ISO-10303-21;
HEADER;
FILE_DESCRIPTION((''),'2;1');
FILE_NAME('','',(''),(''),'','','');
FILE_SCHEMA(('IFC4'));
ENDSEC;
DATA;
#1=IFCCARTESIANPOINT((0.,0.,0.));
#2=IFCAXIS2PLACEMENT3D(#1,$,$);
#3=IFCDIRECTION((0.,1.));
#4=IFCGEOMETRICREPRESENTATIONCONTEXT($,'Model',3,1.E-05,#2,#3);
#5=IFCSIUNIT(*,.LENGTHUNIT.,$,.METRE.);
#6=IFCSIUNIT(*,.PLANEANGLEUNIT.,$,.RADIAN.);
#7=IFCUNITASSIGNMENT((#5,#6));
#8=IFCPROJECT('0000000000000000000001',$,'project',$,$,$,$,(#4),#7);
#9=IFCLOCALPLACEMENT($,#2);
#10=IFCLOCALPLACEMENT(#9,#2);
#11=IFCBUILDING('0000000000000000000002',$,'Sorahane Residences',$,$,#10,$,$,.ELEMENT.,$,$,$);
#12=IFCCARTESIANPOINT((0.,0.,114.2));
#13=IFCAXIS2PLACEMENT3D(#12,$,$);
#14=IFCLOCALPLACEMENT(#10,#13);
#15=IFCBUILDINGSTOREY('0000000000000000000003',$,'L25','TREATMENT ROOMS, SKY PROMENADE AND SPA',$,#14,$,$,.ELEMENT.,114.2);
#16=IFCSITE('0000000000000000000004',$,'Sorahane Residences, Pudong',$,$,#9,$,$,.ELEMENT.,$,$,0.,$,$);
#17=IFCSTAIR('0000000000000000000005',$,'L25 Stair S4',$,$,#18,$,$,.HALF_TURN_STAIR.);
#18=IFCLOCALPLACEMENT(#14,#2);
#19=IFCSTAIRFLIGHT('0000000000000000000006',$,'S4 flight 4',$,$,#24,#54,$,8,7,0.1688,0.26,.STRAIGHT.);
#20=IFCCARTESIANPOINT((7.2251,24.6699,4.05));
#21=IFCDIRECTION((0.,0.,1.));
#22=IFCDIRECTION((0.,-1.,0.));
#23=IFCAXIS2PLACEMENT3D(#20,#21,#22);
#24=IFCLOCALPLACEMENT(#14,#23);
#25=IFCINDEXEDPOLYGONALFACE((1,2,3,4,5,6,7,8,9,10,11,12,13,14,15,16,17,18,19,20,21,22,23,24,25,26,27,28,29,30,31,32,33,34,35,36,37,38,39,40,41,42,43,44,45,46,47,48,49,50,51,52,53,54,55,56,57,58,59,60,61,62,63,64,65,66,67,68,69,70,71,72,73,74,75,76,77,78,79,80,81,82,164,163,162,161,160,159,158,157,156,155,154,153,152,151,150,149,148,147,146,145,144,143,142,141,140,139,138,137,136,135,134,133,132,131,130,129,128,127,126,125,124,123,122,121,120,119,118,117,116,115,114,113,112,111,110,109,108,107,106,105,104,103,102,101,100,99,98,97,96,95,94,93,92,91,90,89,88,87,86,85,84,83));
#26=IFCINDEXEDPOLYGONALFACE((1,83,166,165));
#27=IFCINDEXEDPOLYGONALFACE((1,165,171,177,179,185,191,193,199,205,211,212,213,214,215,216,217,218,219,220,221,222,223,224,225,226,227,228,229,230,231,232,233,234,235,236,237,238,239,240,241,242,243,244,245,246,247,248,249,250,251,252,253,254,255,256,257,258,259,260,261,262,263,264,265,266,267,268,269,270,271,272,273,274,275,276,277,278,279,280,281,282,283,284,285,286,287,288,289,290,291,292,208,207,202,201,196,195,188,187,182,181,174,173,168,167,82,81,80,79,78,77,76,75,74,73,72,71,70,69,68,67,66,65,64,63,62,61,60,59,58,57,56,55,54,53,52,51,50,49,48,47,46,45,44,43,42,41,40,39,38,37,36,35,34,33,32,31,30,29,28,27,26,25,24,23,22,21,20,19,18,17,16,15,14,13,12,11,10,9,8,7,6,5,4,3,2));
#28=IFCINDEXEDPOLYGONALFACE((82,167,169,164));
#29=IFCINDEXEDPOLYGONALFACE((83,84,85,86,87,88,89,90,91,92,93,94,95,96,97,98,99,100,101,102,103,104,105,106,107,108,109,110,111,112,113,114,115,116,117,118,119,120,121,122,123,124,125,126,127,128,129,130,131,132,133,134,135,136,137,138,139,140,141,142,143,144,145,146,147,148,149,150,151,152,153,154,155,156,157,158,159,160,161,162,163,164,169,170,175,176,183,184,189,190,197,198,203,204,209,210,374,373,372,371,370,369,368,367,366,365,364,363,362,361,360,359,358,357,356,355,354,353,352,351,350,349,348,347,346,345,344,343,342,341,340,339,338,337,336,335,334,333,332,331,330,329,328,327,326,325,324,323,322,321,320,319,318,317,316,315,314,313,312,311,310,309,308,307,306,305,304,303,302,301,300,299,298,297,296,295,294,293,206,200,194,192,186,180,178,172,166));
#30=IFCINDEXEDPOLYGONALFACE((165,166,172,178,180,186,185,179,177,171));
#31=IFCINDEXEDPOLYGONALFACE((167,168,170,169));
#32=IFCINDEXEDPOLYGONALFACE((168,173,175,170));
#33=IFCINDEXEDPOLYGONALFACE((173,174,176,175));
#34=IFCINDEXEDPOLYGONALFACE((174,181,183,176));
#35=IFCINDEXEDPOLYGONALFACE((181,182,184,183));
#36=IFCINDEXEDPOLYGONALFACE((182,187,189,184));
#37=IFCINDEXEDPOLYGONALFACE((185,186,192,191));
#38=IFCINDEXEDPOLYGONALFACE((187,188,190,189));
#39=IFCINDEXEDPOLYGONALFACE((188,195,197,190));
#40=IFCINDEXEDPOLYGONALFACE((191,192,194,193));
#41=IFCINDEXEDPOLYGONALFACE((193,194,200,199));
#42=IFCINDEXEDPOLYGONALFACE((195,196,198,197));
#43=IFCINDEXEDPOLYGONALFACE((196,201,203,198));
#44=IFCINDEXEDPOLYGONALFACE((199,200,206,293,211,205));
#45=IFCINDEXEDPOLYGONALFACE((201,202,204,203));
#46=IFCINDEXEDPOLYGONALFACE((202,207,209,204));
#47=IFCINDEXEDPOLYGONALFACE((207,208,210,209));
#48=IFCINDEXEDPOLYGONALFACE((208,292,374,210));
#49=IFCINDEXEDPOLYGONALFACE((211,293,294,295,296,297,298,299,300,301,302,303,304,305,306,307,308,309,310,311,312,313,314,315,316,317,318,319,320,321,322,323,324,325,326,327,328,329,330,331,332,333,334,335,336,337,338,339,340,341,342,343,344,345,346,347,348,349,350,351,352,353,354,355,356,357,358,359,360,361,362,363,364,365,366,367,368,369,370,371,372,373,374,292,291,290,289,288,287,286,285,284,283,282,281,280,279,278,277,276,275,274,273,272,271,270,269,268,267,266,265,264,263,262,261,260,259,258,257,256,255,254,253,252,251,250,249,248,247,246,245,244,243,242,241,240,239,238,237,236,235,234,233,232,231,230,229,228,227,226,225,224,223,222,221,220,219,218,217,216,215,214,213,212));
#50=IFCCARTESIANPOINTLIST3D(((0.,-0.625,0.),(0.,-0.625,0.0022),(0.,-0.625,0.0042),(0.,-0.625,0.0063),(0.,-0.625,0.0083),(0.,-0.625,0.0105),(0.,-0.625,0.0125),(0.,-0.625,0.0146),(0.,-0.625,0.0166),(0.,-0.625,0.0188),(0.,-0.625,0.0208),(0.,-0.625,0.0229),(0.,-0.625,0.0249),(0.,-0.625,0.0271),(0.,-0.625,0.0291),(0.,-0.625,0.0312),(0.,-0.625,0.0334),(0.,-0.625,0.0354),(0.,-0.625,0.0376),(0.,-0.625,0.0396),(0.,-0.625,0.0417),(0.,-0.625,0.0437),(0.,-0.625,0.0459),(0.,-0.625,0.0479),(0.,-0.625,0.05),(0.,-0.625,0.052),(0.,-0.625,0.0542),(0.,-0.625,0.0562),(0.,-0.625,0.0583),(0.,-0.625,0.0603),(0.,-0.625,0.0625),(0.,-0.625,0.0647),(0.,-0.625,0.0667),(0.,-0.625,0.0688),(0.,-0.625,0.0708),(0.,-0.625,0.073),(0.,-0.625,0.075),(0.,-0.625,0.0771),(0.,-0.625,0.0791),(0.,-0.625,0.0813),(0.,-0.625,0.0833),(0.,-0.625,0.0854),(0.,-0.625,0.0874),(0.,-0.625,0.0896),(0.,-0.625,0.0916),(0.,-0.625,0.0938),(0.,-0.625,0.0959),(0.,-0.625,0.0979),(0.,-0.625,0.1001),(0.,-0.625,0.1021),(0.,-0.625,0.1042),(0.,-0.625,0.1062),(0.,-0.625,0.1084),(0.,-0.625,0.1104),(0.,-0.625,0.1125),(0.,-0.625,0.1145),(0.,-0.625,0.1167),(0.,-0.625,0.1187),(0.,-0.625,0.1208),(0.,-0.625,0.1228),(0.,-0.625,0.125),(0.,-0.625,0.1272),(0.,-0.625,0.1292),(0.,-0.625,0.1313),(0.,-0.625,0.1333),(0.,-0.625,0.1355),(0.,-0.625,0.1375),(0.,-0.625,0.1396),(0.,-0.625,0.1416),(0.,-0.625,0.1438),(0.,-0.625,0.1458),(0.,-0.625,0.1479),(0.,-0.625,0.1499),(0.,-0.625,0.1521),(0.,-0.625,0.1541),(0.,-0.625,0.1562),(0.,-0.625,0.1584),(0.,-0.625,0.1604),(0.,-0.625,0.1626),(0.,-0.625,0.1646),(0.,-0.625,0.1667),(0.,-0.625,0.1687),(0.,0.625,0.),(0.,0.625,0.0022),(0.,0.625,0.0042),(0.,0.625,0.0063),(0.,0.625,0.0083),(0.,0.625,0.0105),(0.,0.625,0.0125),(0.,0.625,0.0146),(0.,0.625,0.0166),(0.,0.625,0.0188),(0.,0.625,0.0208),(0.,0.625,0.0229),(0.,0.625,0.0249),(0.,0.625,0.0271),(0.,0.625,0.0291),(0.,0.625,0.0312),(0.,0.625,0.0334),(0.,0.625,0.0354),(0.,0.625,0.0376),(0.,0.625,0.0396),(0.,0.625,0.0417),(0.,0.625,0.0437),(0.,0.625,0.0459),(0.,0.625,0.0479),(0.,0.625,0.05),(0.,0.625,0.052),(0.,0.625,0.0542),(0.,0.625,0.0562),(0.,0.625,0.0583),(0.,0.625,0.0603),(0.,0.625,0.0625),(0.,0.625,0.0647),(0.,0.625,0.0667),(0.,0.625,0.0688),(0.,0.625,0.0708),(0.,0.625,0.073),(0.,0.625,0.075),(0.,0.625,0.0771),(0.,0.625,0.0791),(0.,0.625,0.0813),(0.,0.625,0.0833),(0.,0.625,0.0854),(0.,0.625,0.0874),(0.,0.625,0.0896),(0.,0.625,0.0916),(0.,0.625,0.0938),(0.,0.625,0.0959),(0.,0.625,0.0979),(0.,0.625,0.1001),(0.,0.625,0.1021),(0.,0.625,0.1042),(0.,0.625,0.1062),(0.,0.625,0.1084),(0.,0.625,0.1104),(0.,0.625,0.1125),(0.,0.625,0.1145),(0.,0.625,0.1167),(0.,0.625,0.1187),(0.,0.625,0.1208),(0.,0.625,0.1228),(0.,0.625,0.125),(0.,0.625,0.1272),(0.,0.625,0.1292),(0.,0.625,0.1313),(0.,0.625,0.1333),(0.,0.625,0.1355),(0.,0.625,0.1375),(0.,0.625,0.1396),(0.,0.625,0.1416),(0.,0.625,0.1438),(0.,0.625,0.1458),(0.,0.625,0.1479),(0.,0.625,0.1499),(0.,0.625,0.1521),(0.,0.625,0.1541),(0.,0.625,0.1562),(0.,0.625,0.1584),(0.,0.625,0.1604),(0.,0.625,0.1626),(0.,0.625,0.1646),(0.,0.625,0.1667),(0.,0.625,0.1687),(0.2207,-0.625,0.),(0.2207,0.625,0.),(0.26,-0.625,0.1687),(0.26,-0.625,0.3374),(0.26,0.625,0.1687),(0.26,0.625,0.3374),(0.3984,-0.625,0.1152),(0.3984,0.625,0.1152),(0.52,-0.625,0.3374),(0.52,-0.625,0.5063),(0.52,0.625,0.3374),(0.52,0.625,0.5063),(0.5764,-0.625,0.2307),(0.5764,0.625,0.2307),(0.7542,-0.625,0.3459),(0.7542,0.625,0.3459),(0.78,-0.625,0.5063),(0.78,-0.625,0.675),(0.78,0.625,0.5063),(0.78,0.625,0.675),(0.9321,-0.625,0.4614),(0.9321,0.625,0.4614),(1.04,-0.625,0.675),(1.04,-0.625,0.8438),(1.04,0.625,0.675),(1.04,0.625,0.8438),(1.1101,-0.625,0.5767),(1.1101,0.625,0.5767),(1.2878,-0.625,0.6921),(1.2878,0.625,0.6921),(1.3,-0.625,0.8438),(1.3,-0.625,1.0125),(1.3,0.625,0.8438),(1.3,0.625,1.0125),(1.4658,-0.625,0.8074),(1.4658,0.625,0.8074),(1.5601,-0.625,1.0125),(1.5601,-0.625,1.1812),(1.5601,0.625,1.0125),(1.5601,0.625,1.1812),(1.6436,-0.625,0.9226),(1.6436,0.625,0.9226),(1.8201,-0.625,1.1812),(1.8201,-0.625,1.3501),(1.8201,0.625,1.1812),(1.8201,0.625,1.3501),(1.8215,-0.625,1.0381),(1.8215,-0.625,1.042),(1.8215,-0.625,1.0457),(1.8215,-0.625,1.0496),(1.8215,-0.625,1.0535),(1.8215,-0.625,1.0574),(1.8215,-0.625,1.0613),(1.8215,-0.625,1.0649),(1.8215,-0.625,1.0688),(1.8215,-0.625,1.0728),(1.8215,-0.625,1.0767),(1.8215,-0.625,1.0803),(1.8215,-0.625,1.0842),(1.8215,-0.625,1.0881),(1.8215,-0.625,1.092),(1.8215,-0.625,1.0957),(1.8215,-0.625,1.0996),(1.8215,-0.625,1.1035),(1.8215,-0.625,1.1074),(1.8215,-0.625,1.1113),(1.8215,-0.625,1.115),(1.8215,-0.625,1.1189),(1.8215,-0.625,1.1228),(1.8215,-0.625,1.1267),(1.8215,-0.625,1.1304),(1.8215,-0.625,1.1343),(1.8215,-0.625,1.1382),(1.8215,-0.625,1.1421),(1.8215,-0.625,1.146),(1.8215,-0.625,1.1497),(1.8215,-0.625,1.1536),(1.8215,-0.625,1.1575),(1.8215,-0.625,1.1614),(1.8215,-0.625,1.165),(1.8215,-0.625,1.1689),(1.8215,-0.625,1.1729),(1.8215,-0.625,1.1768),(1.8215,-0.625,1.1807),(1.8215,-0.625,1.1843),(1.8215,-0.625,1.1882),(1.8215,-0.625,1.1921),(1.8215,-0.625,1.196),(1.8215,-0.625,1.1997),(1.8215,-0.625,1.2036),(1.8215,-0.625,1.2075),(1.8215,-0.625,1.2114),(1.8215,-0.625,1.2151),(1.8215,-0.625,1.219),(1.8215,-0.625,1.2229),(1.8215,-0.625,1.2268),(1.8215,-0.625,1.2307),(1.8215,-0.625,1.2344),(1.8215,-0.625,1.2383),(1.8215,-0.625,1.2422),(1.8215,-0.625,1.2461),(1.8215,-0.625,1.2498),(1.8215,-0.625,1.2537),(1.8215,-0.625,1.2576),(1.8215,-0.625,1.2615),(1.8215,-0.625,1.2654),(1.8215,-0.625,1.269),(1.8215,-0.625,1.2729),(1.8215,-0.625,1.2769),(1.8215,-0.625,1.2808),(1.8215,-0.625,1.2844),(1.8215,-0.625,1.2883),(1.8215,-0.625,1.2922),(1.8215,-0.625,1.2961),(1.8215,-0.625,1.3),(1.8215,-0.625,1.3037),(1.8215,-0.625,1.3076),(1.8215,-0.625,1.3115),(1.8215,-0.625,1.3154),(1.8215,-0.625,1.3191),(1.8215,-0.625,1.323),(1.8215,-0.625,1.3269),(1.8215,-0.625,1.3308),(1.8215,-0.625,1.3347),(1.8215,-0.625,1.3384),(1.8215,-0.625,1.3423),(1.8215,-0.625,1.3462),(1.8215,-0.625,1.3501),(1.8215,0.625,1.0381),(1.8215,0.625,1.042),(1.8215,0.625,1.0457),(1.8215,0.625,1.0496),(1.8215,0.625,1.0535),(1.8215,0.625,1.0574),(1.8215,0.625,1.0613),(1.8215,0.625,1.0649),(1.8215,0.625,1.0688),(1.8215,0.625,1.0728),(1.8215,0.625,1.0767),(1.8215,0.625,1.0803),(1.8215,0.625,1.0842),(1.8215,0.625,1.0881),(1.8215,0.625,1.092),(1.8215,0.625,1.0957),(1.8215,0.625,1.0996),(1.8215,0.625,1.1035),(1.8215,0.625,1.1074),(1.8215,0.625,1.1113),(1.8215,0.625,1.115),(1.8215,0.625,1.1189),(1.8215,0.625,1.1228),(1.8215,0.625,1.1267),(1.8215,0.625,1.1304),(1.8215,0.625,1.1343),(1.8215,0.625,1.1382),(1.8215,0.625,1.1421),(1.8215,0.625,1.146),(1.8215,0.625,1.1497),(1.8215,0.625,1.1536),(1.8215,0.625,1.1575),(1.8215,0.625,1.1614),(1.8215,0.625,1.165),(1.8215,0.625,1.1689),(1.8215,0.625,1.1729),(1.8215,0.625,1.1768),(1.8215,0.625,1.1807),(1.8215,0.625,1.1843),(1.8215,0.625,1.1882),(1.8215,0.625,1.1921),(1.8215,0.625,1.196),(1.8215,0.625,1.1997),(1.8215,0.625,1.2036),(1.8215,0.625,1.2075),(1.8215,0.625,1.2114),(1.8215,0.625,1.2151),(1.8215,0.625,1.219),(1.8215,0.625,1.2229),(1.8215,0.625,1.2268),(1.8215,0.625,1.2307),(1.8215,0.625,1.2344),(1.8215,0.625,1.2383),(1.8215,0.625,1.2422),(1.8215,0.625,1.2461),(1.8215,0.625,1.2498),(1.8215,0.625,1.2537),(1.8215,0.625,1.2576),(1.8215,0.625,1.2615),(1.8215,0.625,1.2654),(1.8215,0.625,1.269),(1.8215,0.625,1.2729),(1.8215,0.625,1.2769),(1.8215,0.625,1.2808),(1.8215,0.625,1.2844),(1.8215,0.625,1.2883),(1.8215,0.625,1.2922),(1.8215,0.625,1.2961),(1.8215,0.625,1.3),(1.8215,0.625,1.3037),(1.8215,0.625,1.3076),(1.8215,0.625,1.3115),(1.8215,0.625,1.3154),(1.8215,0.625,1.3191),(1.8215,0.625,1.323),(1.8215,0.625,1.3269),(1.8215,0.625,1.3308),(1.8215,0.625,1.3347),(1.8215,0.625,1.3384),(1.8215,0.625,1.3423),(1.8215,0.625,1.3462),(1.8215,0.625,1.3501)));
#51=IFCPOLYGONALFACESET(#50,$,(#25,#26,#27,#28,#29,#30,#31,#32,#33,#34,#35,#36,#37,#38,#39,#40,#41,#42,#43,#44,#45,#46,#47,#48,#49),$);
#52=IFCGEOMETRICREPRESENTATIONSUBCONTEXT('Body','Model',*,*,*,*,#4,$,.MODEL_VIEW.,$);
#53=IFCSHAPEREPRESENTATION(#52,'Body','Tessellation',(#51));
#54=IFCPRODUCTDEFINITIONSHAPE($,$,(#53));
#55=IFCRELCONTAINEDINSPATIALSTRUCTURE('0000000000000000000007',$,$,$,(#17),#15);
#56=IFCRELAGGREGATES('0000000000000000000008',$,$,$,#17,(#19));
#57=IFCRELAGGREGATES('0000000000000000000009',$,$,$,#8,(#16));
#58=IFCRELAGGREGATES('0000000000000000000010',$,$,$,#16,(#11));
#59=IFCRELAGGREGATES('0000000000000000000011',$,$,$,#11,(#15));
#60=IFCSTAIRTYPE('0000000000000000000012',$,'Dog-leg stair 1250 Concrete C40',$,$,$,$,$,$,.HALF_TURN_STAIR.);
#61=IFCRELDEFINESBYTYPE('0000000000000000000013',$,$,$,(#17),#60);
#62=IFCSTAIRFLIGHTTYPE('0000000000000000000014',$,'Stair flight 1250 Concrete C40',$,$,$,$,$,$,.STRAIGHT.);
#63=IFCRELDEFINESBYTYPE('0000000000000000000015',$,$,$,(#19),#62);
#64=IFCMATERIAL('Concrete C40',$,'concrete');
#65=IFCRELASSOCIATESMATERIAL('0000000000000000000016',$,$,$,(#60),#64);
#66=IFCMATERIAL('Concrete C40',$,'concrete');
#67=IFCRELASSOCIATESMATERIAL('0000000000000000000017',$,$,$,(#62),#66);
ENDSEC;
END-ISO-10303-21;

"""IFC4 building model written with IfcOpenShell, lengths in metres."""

from ifc_helpers import new_model, si_unit, direction, frame, origin, place, context, subcontext, project, spatial, polyline, outline, extrude, material, type_object, element, aggregate, save


model = new_model("IFC4")

# Units and contexts
model_context = context("Model", 3, precision=1e-05, world=origin(), true_north=direction((0.0, 1.0)))
body_context = subcontext(model_context, "Body", "Model", "MODEL_VIEW")
ifc_project = project(units=[si_unit("LENGTHUNIT", "METRE"), si_unit("PLANEANGLEUNIT", "RADIAN")], contexts=[model_context])

# Site, building, storey
site_placement = place(None, origin())
site = spatial("IfcSite", under=ifc_project, at=site_placement, Name="Sorahane Residences, Pudong", CompositionType="ELEMENT", RefElevation=0.0)
building_placement = place(site_placement, origin())
building = spatial("IfcBuilding", under=site, at=building_placement, Name="Sorahane Residences", CompositionType="ELEMENT")
storey_placement = place(building_placement, frame((0.0, 0.0, 114.2)))
storey = spatial("IfcBuildingStorey", under=building, at=storey_placement, Name="L25", Description="TREATMENT ROOMS, SKY PROMENADE AND SPA", CompositionType="ELEMENT", Elevation=114.2)

# Stair, stair flight
ifc_material_1 = material(Name="Concrete C40", Category="concrete")
stair_type = type_object("IfcStairType", Name="Dog-leg stair 1250 Concrete C40", PredefinedType="HALF_TURN_STAIR", material=ifc_material_1)
stair_placement = place(storey_placement, origin())
stair = element("IfcStair", 1, at=stair_placement, inside=storey, type_object=stair_type, Name="L25 Stair S4", PredefinedType="HALF_TURN_STAIR")
ifc_material_2 = material(Name="Concrete C40", Category="concrete")
stair_flight_type = type_object("IfcStairFlightType", Name="Stair flight 1250 Concrete C40", PredefinedType="STRAIGHT", material=ifc_material_2)
stair_flight_1_placement = place(storey_placement, frame((7.2251, 24.6699, 4.05), z_axis=(0.0, 0.0, 1.0), x_axis=(0.0, -1.0, 0.0)))
stair_flight_1 = element("IfcStairFlight", 2, at=stair_flight_1_placement, type_object=stair_flight_type, Name="S4 flight 4", NumberOfRisers=8, NumberOfTreads=7, PredefinedType="STRAIGHT", RiserHeight=0.1688, TreadLength=0.26, context=body_context, shape_type="SweptSolid", body=[
    extrude(outline(polyline([(0.0, 0.0), (0.0, 0.0022), (0.0, 0.0042), (0.0, 0.0063), (0.0, 0.0083), (0.0, 0.0105), (0.0, 0.0125), (0.0, 0.0146), (0.0, 0.0166), (0.0, 0.0188), (0.0, 0.0208), (0.0, 0.0229), (0.0, 0.0249), (0.0, 0.0271), (0.0, 0.0291), (0.0, 0.0312), (0.0, 0.0334), (0.0, 0.0354), (0.0, 0.0376), (0.0, 0.0396), (0.0, 0.0417), (0.0, 0.0437), (0.0, 0.0459), (0.0, 0.0479), (0.0, 0.05), (0.0, 0.052), (0.0, 0.0542), (0.0, 0.0562), (0.0, 0.0583), (0.0, 0.0603), (0.0, 0.0625), (0.0, 0.0647), (0.0, 0.0667), (0.0, 0.0688), (0.0, 0.0708), (0.0, 0.073), (0.0, 0.075), (0.0, 0.0771), (0.0, 0.0791), (0.0, 0.0813), (0.0, 0.0833), (0.0, 0.0854), (0.0, 0.0874), (0.0, 0.0896), (0.0, 0.0916), (0.0, 0.0938), (0.0, 0.0959), (0.0, 0.0979), (0.0, 0.1001), (0.0, 0.1021), (0.0, 0.1042), (0.0, 0.1062), (0.0, 0.1084), (0.0, 0.1104), (0.0, 0.1125), (0.0, 0.1145), (0.0, 0.1167), (0.0, 0.1187), (0.0, 0.1208), (0.0, 0.1228), (0.0, 0.125), (0.0, 0.1272), (0.0, 0.1292), (0.0, 0.1313), (0.0, 0.1333), (0.0, 0.1355), (0.0, 0.1375), (0.0, 0.1396), (0.0, 0.1416), (0.0, 0.1438), (0.0, 0.1458), (0.0, 0.1479), (0.0, 0.1499), (0.0, 0.1521), (0.0, 0.1541), (0.0, 0.1562), (0.0, 0.1584), (0.0, 0.1604), (0.0, 0.1626), (0.0, 0.1646), (0.0, 0.1667), (0.0, 0.1687), (0.26, 0.1687), (0.26, 0.3374), (0.52, 0.3374), (0.52, 0.5063), (0.78, 0.5063), (0.78, 0.675), (1.04, 0.675), (1.04, 0.8438), (1.3, 0.8438), (1.3, 1.0125), (1.5601, 1.0125), (1.5601, 1.1812), (1.8201, 1.1812), (1.8201, 1.3501), (1.8215, 1.3501), (1.8215, 1.3462), (1.8215, 1.3423), (1.8215, 1.3384), (1.8215, 1.3347), (1.8215, 1.3308), (1.8215, 1.3269), (1.8215, 1.323), (1.8215, 1.3191), (1.8215, 1.3154), (1.8215, 1.3115), (1.8215, 1.3076), (1.8215, 1.3037), (1.8215, 1.3), (1.8215, 1.2961), (1.8215, 1.2922), (1.8215, 1.2883), (1.8215, 1.2844), (1.8215, 1.2808), (1.8215, 1.2769), (1.8215, 1.2729), (1.8215, 1.269), (1.8215, 1.2654), (1.8215, 1.2615), (1.8215, 1.2576), (1.8215, 1.2537), (1.8215, 1.2498), (1.8215, 1.2461), (1.8215, 1.2422), (1.8215, 1.2383), (1.8215, 1.2344), (1.8215, 1.2307), (1.8215, 1.2268), (1.8215, 1.2229), (1.8215, 1.219), (1.8215, 1.2151), (1.8215, 1.2114), (1.8215, 1.2075), (1.8215, 1.2036), (1.8215, 1.1997), (1.8215, 1.196), (1.8215, 1.1921), (1.8215, 1.1882), (1.8215, 1.1843), (1.8215, 1.1807), (1.8215, 1.1768), (1.8215, 1.1729), (1.8215, 1.1689), (1.8215, 1.165), (1.8215, 1.1614), (1.8215, 1.1575), (1.8215, 1.1536), (1.8215, 1.1497), (1.8215, 1.146), (1.8215, 1.1421), (1.8215, 1.1382), (1.8215, 1.1343), (1.8215, 1.1304), (1.8215, 1.1267), (1.8215, 1.1228), (1.8215, 1.1189), (1.8215, 1.115), (1.8215, 1.1113), (1.8215, 1.1074), (1.8215, 1.1035), (1.8215, 1.0996), (1.8215, 1.0957), (1.8215, 1.092), (1.8215, 1.0881), (1.8215, 1.0842), (1.8215, 1.0803), (1.8215, 1.0767), (1.8215, 1.0728), (1.8215, 1.0688), (1.8215, 1.0649), (1.8215, 1.0613), (1.8215, 1.0574), (1.8215, 1.0535), (1.8215, 1.0496), (1.8215, 1.0457), (1.8215, 1.042), (1.8215, 1.0381), (1.6436, 0.9226), (1.4658, 0.8074), (1.2878, 0.6921), (1.1101, 0.5767), (0.9321, 0.4614), (0.7542, 0.3459), (0.5764, 0.2307), (0.3984, 0.1152), (0.2207, 0.0), (0.0, 0.0)])), frame((0.0, 0.625, 0.0), z_axis=(0.0, -1.0, 0.0), x_axis=(1.0, 0.0, 0.0)), (0.0, 0.0, 1.0), 1.25),
])
aggregate(stair, [stair_flight_1])

save(model, "model.ifc")
